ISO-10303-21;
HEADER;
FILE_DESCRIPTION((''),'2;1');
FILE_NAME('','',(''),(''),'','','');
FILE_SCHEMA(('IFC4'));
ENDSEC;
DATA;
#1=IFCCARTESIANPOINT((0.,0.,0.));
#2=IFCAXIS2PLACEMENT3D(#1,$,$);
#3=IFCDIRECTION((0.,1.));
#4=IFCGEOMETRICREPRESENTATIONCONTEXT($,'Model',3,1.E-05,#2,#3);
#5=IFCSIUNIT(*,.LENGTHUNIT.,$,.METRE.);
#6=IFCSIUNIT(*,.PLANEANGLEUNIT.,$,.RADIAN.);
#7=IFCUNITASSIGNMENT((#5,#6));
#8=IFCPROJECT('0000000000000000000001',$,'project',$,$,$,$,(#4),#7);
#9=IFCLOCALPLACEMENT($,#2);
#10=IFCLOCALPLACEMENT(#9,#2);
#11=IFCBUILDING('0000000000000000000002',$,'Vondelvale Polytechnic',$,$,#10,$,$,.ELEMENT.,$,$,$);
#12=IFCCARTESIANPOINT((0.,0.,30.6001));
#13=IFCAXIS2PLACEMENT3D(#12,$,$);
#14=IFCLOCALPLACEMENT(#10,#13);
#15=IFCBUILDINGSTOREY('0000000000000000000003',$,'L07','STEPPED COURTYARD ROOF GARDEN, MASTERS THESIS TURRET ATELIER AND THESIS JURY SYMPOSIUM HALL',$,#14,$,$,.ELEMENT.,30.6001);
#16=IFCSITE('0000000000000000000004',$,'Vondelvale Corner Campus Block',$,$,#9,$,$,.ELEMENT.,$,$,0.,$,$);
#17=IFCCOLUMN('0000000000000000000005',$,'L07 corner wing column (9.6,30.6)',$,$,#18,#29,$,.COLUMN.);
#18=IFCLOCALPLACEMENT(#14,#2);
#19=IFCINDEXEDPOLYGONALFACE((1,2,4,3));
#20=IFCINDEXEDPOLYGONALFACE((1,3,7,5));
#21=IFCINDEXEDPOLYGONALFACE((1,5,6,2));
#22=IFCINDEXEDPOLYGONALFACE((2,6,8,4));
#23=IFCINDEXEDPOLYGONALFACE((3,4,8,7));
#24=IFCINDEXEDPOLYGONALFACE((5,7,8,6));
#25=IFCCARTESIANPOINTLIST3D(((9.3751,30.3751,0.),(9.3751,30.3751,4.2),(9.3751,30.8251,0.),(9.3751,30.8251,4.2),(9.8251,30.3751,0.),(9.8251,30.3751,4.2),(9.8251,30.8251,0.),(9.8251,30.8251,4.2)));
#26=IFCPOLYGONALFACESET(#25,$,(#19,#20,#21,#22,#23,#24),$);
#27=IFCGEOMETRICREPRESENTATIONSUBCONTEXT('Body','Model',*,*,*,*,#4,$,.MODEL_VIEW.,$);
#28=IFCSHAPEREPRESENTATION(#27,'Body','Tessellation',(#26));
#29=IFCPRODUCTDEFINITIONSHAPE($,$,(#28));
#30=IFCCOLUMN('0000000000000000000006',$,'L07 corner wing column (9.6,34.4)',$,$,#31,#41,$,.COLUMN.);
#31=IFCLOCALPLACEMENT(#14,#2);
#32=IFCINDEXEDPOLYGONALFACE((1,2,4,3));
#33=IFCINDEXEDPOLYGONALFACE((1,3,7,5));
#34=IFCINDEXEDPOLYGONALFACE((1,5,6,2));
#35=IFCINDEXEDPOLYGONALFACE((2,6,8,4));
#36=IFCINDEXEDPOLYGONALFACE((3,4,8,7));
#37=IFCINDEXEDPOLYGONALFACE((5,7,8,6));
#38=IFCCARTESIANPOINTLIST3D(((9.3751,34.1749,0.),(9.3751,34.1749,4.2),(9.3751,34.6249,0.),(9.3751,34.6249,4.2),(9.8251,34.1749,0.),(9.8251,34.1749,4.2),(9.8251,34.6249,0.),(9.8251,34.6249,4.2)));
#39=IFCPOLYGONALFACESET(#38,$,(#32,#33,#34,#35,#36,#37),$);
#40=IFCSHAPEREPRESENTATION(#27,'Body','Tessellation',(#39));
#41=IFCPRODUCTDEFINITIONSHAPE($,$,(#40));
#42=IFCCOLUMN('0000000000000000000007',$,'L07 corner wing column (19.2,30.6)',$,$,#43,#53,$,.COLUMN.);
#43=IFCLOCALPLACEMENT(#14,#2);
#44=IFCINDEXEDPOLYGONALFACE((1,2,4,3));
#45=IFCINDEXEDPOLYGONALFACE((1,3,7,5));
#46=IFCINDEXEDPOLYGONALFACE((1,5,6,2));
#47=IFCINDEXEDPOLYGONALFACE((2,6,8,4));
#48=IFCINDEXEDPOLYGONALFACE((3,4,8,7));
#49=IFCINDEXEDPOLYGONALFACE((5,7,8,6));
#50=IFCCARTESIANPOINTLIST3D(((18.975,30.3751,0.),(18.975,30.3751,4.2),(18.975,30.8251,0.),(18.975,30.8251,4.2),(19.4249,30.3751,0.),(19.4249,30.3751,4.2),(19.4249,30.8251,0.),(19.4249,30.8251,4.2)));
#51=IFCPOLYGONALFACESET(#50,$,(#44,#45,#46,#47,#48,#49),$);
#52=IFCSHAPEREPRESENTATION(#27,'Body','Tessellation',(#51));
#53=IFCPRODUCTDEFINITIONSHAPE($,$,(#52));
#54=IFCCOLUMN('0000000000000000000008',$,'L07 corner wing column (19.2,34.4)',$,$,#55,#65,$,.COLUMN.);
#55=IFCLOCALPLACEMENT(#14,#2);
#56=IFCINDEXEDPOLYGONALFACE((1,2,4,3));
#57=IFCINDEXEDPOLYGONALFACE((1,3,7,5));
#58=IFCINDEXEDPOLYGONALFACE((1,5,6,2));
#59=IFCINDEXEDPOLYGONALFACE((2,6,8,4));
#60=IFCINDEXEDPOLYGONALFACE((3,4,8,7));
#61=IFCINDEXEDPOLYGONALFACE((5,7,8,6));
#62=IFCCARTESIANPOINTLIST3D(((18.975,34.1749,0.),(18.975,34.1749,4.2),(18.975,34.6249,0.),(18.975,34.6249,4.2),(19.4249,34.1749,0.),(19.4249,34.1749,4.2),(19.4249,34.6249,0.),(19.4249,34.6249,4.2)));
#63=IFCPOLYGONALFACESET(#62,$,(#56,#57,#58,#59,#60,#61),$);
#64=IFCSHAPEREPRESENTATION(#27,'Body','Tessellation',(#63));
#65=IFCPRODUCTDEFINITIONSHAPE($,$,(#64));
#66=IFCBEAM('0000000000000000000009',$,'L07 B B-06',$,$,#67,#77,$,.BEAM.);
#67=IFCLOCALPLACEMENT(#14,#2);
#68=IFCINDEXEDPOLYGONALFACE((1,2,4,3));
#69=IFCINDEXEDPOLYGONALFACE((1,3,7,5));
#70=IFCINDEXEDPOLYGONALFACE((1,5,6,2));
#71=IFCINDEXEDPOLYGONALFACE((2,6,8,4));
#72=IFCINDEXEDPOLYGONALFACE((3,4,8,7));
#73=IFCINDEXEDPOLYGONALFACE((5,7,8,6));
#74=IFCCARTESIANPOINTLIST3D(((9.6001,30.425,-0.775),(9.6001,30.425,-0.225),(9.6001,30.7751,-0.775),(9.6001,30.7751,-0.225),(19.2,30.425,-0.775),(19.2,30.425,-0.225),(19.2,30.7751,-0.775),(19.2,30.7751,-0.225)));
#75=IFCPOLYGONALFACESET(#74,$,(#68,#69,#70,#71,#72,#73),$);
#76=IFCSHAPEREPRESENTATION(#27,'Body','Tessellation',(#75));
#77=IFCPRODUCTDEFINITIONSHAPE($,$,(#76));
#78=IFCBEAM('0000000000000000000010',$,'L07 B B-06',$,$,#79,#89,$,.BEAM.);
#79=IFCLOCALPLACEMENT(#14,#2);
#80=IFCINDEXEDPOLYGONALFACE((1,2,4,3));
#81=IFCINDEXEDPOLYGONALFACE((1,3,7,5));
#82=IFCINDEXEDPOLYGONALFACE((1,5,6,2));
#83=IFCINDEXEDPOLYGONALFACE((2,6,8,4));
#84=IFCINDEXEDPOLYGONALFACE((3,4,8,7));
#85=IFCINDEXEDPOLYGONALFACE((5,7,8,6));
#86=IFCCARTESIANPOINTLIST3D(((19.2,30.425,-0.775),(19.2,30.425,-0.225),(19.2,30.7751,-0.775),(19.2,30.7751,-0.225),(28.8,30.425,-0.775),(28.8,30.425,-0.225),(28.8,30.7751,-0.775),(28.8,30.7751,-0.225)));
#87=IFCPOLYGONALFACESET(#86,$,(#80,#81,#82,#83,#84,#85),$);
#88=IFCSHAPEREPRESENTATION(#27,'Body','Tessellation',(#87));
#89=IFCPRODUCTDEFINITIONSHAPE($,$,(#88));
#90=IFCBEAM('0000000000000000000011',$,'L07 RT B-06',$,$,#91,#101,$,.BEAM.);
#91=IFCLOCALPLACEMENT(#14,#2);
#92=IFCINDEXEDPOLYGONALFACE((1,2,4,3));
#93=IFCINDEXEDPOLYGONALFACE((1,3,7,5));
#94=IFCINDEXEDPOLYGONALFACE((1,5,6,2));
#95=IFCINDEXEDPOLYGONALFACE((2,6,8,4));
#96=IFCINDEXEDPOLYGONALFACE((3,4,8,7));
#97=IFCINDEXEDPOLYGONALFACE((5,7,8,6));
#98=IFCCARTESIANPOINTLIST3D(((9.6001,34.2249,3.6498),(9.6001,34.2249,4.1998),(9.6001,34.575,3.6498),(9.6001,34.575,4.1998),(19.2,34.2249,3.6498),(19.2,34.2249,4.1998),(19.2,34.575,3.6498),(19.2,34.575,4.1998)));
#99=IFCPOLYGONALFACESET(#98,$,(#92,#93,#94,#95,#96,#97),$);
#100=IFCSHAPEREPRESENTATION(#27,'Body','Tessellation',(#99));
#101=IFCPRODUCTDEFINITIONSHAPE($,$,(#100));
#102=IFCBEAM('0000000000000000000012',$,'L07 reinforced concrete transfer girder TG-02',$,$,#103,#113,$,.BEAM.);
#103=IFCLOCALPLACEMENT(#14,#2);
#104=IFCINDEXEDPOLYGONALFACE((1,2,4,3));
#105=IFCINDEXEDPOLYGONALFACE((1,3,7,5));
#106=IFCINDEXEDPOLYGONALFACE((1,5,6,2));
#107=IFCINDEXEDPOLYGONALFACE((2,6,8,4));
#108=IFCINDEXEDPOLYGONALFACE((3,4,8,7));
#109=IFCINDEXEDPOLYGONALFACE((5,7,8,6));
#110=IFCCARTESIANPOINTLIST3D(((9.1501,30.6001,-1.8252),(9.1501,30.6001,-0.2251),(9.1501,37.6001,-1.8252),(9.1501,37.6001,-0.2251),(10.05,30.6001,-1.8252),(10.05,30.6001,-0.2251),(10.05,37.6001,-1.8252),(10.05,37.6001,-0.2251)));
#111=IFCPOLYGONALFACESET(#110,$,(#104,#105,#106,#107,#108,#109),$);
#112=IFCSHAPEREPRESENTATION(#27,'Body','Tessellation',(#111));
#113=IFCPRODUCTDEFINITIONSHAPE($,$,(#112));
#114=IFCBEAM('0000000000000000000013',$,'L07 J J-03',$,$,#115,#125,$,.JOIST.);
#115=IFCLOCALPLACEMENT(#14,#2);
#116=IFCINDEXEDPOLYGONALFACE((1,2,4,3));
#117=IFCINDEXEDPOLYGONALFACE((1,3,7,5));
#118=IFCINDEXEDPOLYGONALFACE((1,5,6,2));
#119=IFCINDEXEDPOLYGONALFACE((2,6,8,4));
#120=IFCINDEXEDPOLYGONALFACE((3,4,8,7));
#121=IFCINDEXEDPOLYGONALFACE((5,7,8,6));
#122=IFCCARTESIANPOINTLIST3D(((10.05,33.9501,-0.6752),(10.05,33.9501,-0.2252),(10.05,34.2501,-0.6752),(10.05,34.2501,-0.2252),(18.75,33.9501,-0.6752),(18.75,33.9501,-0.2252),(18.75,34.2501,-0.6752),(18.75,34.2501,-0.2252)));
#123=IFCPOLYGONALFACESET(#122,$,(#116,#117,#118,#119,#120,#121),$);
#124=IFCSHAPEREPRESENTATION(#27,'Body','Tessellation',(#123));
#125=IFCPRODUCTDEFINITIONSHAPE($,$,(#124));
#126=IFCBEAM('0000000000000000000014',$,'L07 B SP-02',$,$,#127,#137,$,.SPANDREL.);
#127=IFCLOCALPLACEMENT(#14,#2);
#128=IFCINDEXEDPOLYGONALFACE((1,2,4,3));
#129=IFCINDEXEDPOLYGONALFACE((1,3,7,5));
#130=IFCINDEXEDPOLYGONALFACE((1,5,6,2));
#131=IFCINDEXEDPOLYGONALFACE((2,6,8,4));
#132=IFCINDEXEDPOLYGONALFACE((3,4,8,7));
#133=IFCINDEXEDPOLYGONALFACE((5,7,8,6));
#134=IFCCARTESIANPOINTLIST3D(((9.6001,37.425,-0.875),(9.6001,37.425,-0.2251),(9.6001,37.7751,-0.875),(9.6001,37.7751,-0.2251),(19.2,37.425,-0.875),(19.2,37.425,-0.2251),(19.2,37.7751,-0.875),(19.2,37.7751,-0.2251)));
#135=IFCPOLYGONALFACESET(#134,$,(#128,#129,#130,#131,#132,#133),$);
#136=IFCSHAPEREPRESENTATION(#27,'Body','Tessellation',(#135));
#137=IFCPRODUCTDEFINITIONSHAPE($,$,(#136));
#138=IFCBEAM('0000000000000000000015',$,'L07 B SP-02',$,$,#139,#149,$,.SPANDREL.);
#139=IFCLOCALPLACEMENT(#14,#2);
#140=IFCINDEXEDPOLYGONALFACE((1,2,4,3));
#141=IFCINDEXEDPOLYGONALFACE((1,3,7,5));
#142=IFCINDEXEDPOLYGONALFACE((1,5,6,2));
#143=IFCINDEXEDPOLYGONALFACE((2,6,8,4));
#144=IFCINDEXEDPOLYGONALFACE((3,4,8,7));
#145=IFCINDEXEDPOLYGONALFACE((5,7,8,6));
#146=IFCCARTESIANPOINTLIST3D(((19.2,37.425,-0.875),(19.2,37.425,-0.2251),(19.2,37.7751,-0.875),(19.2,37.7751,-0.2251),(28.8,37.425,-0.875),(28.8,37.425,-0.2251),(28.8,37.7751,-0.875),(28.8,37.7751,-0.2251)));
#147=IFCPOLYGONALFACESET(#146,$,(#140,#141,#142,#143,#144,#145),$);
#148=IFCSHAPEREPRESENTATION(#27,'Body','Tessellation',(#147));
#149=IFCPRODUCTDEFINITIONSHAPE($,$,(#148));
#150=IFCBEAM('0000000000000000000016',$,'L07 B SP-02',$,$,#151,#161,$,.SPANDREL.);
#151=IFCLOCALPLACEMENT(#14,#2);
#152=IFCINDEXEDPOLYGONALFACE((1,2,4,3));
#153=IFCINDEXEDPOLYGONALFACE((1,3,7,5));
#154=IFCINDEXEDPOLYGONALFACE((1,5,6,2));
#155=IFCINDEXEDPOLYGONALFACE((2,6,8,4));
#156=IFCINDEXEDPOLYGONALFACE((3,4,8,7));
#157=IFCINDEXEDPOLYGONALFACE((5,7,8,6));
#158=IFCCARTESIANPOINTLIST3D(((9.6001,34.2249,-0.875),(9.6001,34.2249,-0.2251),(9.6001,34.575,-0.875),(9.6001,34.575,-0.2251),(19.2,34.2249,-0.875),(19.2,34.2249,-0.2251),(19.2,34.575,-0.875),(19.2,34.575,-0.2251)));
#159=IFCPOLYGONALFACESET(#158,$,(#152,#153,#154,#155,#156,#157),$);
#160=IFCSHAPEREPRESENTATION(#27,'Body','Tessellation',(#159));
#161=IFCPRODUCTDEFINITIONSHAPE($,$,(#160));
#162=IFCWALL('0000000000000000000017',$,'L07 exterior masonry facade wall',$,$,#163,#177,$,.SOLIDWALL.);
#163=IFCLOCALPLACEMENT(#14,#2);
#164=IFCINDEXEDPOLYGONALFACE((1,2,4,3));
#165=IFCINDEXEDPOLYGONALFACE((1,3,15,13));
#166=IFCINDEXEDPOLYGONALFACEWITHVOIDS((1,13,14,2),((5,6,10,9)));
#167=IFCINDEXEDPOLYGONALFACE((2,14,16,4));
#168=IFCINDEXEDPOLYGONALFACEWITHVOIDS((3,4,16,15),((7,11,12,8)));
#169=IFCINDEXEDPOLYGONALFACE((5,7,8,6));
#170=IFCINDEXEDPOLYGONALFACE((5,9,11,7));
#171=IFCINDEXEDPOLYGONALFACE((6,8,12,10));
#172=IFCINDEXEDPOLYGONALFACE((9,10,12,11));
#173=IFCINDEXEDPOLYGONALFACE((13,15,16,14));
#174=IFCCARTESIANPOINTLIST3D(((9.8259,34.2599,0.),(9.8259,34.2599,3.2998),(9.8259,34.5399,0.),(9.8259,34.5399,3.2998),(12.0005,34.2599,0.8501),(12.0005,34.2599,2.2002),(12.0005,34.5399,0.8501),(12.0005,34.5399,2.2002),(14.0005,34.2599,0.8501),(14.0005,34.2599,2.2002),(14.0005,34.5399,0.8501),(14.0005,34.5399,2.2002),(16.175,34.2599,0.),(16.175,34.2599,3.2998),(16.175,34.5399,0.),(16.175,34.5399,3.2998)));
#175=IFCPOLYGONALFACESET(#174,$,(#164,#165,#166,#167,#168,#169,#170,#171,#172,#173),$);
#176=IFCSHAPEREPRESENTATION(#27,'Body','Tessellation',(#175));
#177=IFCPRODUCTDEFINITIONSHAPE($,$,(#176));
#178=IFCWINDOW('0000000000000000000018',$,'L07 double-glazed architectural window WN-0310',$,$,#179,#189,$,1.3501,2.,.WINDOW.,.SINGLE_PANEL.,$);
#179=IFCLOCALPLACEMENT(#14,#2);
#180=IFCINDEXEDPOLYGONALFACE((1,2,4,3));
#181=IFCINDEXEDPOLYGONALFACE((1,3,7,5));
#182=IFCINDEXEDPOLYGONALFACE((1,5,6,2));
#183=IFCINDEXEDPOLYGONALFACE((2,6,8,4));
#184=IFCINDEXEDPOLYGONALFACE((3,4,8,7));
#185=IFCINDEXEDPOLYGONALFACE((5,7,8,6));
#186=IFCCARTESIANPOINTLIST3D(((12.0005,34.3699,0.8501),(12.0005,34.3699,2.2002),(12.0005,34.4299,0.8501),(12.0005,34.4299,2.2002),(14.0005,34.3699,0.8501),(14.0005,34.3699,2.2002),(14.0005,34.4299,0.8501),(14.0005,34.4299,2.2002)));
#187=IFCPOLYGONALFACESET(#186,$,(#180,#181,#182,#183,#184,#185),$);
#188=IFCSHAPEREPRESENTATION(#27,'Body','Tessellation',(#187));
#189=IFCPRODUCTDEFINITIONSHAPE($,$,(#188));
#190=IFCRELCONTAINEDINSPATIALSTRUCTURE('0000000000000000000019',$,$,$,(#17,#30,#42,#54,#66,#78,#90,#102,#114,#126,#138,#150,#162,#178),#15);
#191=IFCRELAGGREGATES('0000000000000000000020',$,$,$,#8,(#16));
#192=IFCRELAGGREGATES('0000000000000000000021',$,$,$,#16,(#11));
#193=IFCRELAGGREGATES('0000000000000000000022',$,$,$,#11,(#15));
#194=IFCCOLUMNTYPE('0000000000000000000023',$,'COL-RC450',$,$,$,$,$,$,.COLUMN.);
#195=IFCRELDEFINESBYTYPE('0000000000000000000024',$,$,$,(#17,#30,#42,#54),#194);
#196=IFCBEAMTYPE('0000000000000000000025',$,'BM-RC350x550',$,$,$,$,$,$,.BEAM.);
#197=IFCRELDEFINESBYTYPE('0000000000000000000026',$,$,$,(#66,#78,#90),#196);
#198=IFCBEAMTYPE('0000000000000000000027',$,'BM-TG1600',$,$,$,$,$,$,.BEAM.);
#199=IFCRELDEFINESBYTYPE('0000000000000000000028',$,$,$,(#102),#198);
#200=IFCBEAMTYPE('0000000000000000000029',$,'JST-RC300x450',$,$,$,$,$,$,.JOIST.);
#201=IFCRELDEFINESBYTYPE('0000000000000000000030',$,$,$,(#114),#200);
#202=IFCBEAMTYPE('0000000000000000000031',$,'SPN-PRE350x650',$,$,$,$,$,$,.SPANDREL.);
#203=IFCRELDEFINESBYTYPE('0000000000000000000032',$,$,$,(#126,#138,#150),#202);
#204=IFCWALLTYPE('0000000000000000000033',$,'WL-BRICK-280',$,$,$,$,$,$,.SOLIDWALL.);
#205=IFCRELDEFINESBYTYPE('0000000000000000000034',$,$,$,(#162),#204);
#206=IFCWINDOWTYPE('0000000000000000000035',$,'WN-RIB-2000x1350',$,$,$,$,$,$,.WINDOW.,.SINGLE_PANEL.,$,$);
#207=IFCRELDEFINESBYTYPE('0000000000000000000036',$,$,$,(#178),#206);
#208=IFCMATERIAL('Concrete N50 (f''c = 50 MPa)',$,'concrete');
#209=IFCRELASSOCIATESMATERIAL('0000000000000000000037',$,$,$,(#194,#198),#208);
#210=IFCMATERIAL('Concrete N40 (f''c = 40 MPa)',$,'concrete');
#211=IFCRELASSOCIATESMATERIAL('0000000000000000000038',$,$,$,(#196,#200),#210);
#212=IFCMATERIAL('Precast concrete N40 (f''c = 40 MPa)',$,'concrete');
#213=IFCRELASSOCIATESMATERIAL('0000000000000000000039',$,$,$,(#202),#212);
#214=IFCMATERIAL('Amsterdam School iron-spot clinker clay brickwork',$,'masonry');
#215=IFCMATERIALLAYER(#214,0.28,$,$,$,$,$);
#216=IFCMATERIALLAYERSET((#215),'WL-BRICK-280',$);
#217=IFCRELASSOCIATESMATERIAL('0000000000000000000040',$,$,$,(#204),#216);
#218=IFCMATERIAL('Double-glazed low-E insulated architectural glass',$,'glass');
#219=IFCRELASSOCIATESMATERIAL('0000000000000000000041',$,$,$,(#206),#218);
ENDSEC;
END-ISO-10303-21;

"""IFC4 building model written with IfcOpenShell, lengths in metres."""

from ifc_helpers import new_model, si_unit, direction, frame, frame_2d, origin, origin_2d, place, context, subcontext, project, spatial, rectangle, extrude, material, layer, layer_set, material_profile, profile_set, type_object, element, fill, save


model = new_model("IFC4")

# Units and contexts
model_context = context("Model", 3, precision=1e-05, world=origin(), true_north=direction((0.0, 1.0)))
body_context = subcontext(model_context, "Body", "Model", "MODEL_VIEW")
ifc_project = project(units=[si_unit("LENGTHUNIT", "METRE"), si_unit("PLANEANGLEUNIT", "RADIAN")], contexts=[model_context])

# Site, building, storey
site_placement = place(None, origin())
site = spatial("IfcSite", under=ifc_project, at=site_placement, Name="Vondelvale Corner Campus Block", CompositionType="ELEMENT", RefElevation=0.0)
building_placement = place(site_placement, origin())
building = spatial("IfcBuilding", under=site, at=building_placement, Name="Vondelvale Polytechnic", CompositionType="ELEMENT")
storey_placement = place(building_placement, frame((0.0, 0.0, 30.6001)))
storey = spatial("IfcBuildingStorey", under=building, at=storey_placement, Name="L07", Description="STEPPED COURTYARD ROOF GARDEN, MASTERS THESIS TURRET ATELIER AND THESIS JURY SYMPOSIUM HALL", CompositionType="ELEMENT", Elevation=30.6001)

# Columns
ifc_material_1 = material(Name="Concrete N50 (f'c = 50 MPa)", Category="concrete")
ifc_material_profile_1 = material_profile(ifc_material_1, rectangle(XDim=0.45, YDim=0.45, at=origin_2d()), Name="RC-COL-450x450")
ifc_profile_set_1 = profile_set([ifc_material_profile_1], Name="Concrete N50 (f'c = 50 MPa)")
column_type = type_object("IfcColumnType", Name="COL-RC450", PredefinedType="COLUMN", material=ifc_profile_set_1)
for number, where, z_axis, x_axis, name in (
    (1, (9.6001, 30.6001, 0.0), (0.0, 0.0, 1.0), (1.0, 0.0, 0.0), "L07 corner wing column (9.6,30.6)"),
    (2, (9.6001, 34.3999, 0.0), (0.0, 0.0, 1.0), (1.0, 0.0, 0.0), "L07 corner wing column (9.6,34.4)"),
    (3, (19.2, 30.6001, 0.0), (0.0, 0.0, 1.0), (1.0, 0.0, 0.0), "L07 corner wing column (19.2,30.6)"),
    (4, (19.2, 34.3999, 0.0), (0.0, 0.0, 1.0), (1.0, 0.0, 0.0), "L07 corner wing column (19.2,34.4)"),
):
    element("IfcColumn", number, at=place(storey_placement, frame(where, z_axis=z_axis, x_axis=x_axis)), inside=storey, type_object=column_type, Name=name, PredefinedType="COLUMN", context=body_context, shape_type="SweptSolid", body=[
        extrude(rectangle(XDim=0.45, YDim=0.45, at=origin_2d()), origin(), (0.0, 0.0, 1.0), 4.2),
    ])

# Beams
ifc_material_2 = material(Name="Concrete N40 (f'c = 40 MPa)", Category="concrete")
ifc_material_profile_2 = material_profile(ifc_material_2, rectangle(XDim=0.3501, YDim=0.55, at=origin_2d()), Name="RC-BM-350x550")
ifc_profile_set_2 = profile_set([ifc_material_profile_2], Name="Concrete N40 (f'c = 40 MPa)")
beam_type_1 = type_object("IfcBeamType", Name="BM-RC350x550", PredefinedType="BEAM", material=ifc_profile_set_2)
beam_1_placement = place(storey_placement, frame((9.6001, 30.6001, -0.5), z_axis=(1.0, 0.0, 0.0), x_axis=(0.0, 1.0, 0.0)))
element("IfcBeam", 5, at=beam_1_placement, inside=storey, type_object=beam_type_1, Name="L07 B B-06", PredefinedType="BEAM", context=body_context, shape_type="SweptSolid", body=[
    extrude(rectangle(XDim=0.3501, YDim=0.55, at=origin_2d()), origin(), (0.0, 0.0, 1.0), 9.5999),
])
beam_2_placement = place(storey_placement, frame((19.2, 30.6001, -0.5), z_axis=(1.0, 0.0, 0.0), x_axis=(0.0, 1.0, 0.0)))
element("IfcBeam", 6, at=beam_2_placement, inside=storey, type_object=beam_type_1, Name="L07 B B-06", PredefinedType="BEAM", context=body_context, shape_type="SweptSolid", body=[
    extrude(rectangle(XDim=0.3501, YDim=0.55, at=origin_2d()), origin(), (0.0, 0.0, 1.0), 9.6001),
])
beam_3_placement = place(storey_placement, frame((9.6001, 34.3999, 3.9248), z_axis=(1.0, 0.0, 0.0), x_axis=(0.0, 1.0, 0.0)))
element("IfcBeam", 7, at=beam_3_placement, inside=storey, type_object=beam_type_1, Name="L07 RT B-06", PredefinedType="BEAM", context=body_context, shape_type="SweptSolid", body=[
    extrude(rectangle(XDim=0.3501, YDim=0.55, at=origin_2d()), origin(), (0.0, 0.0, 1.0), 9.5999),
])
ifc_material_profile_3 = material_profile(ifc_material_1, rectangle(XDim=0.8999, YDim=1.6001, at=origin_2d()), Name="RC-TG-900x1600")
ifc_profile_set_3 = profile_set([ifc_material_profile_3], Name="Concrete N50 (f'c = 50 MPa)")
beam_type_2 = type_object("IfcBeamType", Name="BM-TG1600", PredefinedType="BEAM", material=ifc_profile_set_3)
beam_4_placement = place(storey_placement, frame((9.6001, 30.6001, -1.0251), z_axis=(0.0, 1.0, 0.0), x_axis=(-1.0, 0.0, 0.0)))
element("IfcBeam", 8, at=beam_4_placement, inside=storey, type_object=beam_type_2, Name="L07 reinforced concrete transfer girder TG-02", PredefinedType="BEAM", context=body_context, shape_type="SweptSolid", body=[
    extrude(rectangle(XDim=0.8999, YDim=1.6001, at=origin_2d()), origin(), (0.0, 0.0, 1.0), 7.0),
])
ifc_material_profile_4 = material_profile(ifc_material_2, rectangle(XDim=0.3, YDim=0.45, at=origin_2d()), Name="RC-JST-300x450")
ifc_profile_set_4 = profile_set([ifc_material_profile_4], Name="Concrete N40 (f'c = 40 MPa)")
beam_type_3 = type_object("IfcBeamType", Name="JST-RC300x450", PredefinedType="JOIST", material=ifc_profile_set_4)
beam_5_placement = place(storey_placement, frame((10.05, 34.1001, -0.4502), z_axis=(1.0, 0.0, 0.0), x_axis=(0.0, 1.0, 0.0)))
element("IfcBeam", 9, at=beam_5_placement, inside=storey, type_object=beam_type_3, Name="L07 J J-03", PredefinedType="JOIST", context=body_context, shape_type="SweptSolid", body=[
    extrude(rectangle(XDim=0.3, YDim=0.45, at=origin_2d()), origin(), (0.0, 0.0, 1.0), 8.7),
])
ifc_material_3 = material(Name="Precast concrete N40 (f'c = 40 MPa)", Category="concrete")
ifc_material_profile_5 = material_profile(ifc_material_3, rectangle(XDim=0.3501, YDim=0.6499, at=origin_2d()), Name="RC-SPN-350x650")
ifc_profile_set_5 = profile_set([ifc_material_profile_5], Name="Precast concrete N40 (f'c = 40 MPa)")
beam_type_4 = type_object("IfcBeamType", Name="SPN-PRE350x650", PredefinedType="SPANDREL", material=ifc_profile_set_5)
beam_6_placement = place(storey_placement, frame((9.6001, 37.6001, -0.55), z_axis=(1.0, 0.0, 0.0), x_axis=(0.0, 1.0, 0.0)))
element("IfcBeam", 10, at=beam_6_placement, inside=storey, type_object=beam_type_4, Name="L07 B SP-02", PredefinedType="SPANDREL", context=body_context, shape_type="SweptSolid", body=[
    extrude(rectangle(XDim=0.3501, YDim=0.6499, at=origin_2d()), origin(), (0.0, 0.0, 1.0), 9.5999),
])
beam_7_placement = place(storey_placement, frame((19.2, 37.6001, -0.55), z_axis=(1.0, 0.0, 0.0), x_axis=(0.0, 1.0, 0.0)))
element("IfcBeam", 11, at=beam_7_placement, inside=storey, type_object=beam_type_4, Name="L07 B SP-02", PredefinedType="SPANDREL", context=body_context, shape_type="SweptSolid", body=[
    extrude(rectangle(XDim=0.3501, YDim=0.6499, at=origin_2d()), origin(), (0.0, 0.0, 1.0), 9.6001),
])
beam_8_placement = place(storey_placement, frame((9.6001, 34.3999, -0.55), z_axis=(1.0, 0.0, 0.0), x_axis=(0.0, 1.0, 0.0)))
element("IfcBeam", 12, at=beam_8_placement, inside=storey, type_object=beam_type_4, Name="L07 B SP-02", PredefinedType="SPANDREL", context=body_context, shape_type="SweptSolid", body=[
    extrude(rectangle(XDim=0.3501, YDim=0.6499, at=origin_2d()), origin(), (0.0, 0.0, 1.0), 9.5999),
])

# Wall, opening, window
ifc_material_4 = material(Name="Amsterdam School iron-spot clinker clay brickwork", Category="masonry")
ifc_layer_1 = layer(ifc_material_4, 0.28)
ifc_layer_set_1 = layer_set([ifc_layer_1], Name="WL-BRICK-280")
wall_type_1 = type_object("IfcWallType", Name="WL-BRICK-280", PredefinedType="SOLIDWALL", material=ifc_layer_set_1)
wall_1_placement = place(storey_placement, frame((9.8259, 34.3999, 0.0), z_axis=(0.0, 0.0, 1.0), x_axis=(1.0, 0.0, 0.0)))
wall_1 = element("IfcWall", 13, at=wall_1_placement, inside=storey, type_object=wall_type_1, Name="L07 exterior masonry facade wall", PredefinedType="SOLIDWALL", context=body_context, shape_type="SweptSolid", body=[
    extrude(rectangle(XDim=6.3491, YDim=0.28, at=frame_2d((3.1746, 0.0))), origin(), (0.0, 0.0, 1.0), 3.2998),
])
opening_placement = place(wall_1_placement, frame((2.1746, 0.0, 0.8501)))
opening = element("IfcOpeningElement", 14, at=opening_placement, cuts=wall_1, PredefinedType="OPENING", context=body_context, shape_type="SweptSolid", body=[
    extrude(rectangle(XDim=2.0, YDim=1.3501, at=frame_2d((1.0, 0.675))), frame((0.0, 0.1499, 0.0), z_axis=(0.0, -1.0, 0.0), x_axis=(1.0, 0.0, 0.0)), (0.0, 0.0, 1.0), 0.3),
])
ifc_material_5 = material(Name="Double-glazed low-E insulated architectural glass", Category="glass")
window_type = type_object("IfcWindowType", Name="WN-RIB-2000x1350", PartitioningType="SINGLE_PANEL", PredefinedType="WINDOW", material=ifc_material_5)
window_placement = place(opening_placement, origin())
window = element("IfcWindow", 15, at=window_placement, inside=storey, type_object=window_type, Name="L07 double-glazed architectural window WN-0310", OverallHeight=1.3501, OverallWidth=2.0, PartitioningType="SINGLE_PANEL", PredefinedType="WINDOW", context=body_context, shape_type="SweptSolid", body=[
    extrude(rectangle(XDim=2.0, YDim=1.3501, at=frame_2d((1.0, 0.675))), frame((0.0, 0.03, 0.0), z_axis=(0.0, -1.0, 0.0), x_axis=(1.0, 0.0, 0.0)), (0.0, 0.0, 1.0), 0.0601),
])
fill(opening, window)

save(model, "model.ifc")
